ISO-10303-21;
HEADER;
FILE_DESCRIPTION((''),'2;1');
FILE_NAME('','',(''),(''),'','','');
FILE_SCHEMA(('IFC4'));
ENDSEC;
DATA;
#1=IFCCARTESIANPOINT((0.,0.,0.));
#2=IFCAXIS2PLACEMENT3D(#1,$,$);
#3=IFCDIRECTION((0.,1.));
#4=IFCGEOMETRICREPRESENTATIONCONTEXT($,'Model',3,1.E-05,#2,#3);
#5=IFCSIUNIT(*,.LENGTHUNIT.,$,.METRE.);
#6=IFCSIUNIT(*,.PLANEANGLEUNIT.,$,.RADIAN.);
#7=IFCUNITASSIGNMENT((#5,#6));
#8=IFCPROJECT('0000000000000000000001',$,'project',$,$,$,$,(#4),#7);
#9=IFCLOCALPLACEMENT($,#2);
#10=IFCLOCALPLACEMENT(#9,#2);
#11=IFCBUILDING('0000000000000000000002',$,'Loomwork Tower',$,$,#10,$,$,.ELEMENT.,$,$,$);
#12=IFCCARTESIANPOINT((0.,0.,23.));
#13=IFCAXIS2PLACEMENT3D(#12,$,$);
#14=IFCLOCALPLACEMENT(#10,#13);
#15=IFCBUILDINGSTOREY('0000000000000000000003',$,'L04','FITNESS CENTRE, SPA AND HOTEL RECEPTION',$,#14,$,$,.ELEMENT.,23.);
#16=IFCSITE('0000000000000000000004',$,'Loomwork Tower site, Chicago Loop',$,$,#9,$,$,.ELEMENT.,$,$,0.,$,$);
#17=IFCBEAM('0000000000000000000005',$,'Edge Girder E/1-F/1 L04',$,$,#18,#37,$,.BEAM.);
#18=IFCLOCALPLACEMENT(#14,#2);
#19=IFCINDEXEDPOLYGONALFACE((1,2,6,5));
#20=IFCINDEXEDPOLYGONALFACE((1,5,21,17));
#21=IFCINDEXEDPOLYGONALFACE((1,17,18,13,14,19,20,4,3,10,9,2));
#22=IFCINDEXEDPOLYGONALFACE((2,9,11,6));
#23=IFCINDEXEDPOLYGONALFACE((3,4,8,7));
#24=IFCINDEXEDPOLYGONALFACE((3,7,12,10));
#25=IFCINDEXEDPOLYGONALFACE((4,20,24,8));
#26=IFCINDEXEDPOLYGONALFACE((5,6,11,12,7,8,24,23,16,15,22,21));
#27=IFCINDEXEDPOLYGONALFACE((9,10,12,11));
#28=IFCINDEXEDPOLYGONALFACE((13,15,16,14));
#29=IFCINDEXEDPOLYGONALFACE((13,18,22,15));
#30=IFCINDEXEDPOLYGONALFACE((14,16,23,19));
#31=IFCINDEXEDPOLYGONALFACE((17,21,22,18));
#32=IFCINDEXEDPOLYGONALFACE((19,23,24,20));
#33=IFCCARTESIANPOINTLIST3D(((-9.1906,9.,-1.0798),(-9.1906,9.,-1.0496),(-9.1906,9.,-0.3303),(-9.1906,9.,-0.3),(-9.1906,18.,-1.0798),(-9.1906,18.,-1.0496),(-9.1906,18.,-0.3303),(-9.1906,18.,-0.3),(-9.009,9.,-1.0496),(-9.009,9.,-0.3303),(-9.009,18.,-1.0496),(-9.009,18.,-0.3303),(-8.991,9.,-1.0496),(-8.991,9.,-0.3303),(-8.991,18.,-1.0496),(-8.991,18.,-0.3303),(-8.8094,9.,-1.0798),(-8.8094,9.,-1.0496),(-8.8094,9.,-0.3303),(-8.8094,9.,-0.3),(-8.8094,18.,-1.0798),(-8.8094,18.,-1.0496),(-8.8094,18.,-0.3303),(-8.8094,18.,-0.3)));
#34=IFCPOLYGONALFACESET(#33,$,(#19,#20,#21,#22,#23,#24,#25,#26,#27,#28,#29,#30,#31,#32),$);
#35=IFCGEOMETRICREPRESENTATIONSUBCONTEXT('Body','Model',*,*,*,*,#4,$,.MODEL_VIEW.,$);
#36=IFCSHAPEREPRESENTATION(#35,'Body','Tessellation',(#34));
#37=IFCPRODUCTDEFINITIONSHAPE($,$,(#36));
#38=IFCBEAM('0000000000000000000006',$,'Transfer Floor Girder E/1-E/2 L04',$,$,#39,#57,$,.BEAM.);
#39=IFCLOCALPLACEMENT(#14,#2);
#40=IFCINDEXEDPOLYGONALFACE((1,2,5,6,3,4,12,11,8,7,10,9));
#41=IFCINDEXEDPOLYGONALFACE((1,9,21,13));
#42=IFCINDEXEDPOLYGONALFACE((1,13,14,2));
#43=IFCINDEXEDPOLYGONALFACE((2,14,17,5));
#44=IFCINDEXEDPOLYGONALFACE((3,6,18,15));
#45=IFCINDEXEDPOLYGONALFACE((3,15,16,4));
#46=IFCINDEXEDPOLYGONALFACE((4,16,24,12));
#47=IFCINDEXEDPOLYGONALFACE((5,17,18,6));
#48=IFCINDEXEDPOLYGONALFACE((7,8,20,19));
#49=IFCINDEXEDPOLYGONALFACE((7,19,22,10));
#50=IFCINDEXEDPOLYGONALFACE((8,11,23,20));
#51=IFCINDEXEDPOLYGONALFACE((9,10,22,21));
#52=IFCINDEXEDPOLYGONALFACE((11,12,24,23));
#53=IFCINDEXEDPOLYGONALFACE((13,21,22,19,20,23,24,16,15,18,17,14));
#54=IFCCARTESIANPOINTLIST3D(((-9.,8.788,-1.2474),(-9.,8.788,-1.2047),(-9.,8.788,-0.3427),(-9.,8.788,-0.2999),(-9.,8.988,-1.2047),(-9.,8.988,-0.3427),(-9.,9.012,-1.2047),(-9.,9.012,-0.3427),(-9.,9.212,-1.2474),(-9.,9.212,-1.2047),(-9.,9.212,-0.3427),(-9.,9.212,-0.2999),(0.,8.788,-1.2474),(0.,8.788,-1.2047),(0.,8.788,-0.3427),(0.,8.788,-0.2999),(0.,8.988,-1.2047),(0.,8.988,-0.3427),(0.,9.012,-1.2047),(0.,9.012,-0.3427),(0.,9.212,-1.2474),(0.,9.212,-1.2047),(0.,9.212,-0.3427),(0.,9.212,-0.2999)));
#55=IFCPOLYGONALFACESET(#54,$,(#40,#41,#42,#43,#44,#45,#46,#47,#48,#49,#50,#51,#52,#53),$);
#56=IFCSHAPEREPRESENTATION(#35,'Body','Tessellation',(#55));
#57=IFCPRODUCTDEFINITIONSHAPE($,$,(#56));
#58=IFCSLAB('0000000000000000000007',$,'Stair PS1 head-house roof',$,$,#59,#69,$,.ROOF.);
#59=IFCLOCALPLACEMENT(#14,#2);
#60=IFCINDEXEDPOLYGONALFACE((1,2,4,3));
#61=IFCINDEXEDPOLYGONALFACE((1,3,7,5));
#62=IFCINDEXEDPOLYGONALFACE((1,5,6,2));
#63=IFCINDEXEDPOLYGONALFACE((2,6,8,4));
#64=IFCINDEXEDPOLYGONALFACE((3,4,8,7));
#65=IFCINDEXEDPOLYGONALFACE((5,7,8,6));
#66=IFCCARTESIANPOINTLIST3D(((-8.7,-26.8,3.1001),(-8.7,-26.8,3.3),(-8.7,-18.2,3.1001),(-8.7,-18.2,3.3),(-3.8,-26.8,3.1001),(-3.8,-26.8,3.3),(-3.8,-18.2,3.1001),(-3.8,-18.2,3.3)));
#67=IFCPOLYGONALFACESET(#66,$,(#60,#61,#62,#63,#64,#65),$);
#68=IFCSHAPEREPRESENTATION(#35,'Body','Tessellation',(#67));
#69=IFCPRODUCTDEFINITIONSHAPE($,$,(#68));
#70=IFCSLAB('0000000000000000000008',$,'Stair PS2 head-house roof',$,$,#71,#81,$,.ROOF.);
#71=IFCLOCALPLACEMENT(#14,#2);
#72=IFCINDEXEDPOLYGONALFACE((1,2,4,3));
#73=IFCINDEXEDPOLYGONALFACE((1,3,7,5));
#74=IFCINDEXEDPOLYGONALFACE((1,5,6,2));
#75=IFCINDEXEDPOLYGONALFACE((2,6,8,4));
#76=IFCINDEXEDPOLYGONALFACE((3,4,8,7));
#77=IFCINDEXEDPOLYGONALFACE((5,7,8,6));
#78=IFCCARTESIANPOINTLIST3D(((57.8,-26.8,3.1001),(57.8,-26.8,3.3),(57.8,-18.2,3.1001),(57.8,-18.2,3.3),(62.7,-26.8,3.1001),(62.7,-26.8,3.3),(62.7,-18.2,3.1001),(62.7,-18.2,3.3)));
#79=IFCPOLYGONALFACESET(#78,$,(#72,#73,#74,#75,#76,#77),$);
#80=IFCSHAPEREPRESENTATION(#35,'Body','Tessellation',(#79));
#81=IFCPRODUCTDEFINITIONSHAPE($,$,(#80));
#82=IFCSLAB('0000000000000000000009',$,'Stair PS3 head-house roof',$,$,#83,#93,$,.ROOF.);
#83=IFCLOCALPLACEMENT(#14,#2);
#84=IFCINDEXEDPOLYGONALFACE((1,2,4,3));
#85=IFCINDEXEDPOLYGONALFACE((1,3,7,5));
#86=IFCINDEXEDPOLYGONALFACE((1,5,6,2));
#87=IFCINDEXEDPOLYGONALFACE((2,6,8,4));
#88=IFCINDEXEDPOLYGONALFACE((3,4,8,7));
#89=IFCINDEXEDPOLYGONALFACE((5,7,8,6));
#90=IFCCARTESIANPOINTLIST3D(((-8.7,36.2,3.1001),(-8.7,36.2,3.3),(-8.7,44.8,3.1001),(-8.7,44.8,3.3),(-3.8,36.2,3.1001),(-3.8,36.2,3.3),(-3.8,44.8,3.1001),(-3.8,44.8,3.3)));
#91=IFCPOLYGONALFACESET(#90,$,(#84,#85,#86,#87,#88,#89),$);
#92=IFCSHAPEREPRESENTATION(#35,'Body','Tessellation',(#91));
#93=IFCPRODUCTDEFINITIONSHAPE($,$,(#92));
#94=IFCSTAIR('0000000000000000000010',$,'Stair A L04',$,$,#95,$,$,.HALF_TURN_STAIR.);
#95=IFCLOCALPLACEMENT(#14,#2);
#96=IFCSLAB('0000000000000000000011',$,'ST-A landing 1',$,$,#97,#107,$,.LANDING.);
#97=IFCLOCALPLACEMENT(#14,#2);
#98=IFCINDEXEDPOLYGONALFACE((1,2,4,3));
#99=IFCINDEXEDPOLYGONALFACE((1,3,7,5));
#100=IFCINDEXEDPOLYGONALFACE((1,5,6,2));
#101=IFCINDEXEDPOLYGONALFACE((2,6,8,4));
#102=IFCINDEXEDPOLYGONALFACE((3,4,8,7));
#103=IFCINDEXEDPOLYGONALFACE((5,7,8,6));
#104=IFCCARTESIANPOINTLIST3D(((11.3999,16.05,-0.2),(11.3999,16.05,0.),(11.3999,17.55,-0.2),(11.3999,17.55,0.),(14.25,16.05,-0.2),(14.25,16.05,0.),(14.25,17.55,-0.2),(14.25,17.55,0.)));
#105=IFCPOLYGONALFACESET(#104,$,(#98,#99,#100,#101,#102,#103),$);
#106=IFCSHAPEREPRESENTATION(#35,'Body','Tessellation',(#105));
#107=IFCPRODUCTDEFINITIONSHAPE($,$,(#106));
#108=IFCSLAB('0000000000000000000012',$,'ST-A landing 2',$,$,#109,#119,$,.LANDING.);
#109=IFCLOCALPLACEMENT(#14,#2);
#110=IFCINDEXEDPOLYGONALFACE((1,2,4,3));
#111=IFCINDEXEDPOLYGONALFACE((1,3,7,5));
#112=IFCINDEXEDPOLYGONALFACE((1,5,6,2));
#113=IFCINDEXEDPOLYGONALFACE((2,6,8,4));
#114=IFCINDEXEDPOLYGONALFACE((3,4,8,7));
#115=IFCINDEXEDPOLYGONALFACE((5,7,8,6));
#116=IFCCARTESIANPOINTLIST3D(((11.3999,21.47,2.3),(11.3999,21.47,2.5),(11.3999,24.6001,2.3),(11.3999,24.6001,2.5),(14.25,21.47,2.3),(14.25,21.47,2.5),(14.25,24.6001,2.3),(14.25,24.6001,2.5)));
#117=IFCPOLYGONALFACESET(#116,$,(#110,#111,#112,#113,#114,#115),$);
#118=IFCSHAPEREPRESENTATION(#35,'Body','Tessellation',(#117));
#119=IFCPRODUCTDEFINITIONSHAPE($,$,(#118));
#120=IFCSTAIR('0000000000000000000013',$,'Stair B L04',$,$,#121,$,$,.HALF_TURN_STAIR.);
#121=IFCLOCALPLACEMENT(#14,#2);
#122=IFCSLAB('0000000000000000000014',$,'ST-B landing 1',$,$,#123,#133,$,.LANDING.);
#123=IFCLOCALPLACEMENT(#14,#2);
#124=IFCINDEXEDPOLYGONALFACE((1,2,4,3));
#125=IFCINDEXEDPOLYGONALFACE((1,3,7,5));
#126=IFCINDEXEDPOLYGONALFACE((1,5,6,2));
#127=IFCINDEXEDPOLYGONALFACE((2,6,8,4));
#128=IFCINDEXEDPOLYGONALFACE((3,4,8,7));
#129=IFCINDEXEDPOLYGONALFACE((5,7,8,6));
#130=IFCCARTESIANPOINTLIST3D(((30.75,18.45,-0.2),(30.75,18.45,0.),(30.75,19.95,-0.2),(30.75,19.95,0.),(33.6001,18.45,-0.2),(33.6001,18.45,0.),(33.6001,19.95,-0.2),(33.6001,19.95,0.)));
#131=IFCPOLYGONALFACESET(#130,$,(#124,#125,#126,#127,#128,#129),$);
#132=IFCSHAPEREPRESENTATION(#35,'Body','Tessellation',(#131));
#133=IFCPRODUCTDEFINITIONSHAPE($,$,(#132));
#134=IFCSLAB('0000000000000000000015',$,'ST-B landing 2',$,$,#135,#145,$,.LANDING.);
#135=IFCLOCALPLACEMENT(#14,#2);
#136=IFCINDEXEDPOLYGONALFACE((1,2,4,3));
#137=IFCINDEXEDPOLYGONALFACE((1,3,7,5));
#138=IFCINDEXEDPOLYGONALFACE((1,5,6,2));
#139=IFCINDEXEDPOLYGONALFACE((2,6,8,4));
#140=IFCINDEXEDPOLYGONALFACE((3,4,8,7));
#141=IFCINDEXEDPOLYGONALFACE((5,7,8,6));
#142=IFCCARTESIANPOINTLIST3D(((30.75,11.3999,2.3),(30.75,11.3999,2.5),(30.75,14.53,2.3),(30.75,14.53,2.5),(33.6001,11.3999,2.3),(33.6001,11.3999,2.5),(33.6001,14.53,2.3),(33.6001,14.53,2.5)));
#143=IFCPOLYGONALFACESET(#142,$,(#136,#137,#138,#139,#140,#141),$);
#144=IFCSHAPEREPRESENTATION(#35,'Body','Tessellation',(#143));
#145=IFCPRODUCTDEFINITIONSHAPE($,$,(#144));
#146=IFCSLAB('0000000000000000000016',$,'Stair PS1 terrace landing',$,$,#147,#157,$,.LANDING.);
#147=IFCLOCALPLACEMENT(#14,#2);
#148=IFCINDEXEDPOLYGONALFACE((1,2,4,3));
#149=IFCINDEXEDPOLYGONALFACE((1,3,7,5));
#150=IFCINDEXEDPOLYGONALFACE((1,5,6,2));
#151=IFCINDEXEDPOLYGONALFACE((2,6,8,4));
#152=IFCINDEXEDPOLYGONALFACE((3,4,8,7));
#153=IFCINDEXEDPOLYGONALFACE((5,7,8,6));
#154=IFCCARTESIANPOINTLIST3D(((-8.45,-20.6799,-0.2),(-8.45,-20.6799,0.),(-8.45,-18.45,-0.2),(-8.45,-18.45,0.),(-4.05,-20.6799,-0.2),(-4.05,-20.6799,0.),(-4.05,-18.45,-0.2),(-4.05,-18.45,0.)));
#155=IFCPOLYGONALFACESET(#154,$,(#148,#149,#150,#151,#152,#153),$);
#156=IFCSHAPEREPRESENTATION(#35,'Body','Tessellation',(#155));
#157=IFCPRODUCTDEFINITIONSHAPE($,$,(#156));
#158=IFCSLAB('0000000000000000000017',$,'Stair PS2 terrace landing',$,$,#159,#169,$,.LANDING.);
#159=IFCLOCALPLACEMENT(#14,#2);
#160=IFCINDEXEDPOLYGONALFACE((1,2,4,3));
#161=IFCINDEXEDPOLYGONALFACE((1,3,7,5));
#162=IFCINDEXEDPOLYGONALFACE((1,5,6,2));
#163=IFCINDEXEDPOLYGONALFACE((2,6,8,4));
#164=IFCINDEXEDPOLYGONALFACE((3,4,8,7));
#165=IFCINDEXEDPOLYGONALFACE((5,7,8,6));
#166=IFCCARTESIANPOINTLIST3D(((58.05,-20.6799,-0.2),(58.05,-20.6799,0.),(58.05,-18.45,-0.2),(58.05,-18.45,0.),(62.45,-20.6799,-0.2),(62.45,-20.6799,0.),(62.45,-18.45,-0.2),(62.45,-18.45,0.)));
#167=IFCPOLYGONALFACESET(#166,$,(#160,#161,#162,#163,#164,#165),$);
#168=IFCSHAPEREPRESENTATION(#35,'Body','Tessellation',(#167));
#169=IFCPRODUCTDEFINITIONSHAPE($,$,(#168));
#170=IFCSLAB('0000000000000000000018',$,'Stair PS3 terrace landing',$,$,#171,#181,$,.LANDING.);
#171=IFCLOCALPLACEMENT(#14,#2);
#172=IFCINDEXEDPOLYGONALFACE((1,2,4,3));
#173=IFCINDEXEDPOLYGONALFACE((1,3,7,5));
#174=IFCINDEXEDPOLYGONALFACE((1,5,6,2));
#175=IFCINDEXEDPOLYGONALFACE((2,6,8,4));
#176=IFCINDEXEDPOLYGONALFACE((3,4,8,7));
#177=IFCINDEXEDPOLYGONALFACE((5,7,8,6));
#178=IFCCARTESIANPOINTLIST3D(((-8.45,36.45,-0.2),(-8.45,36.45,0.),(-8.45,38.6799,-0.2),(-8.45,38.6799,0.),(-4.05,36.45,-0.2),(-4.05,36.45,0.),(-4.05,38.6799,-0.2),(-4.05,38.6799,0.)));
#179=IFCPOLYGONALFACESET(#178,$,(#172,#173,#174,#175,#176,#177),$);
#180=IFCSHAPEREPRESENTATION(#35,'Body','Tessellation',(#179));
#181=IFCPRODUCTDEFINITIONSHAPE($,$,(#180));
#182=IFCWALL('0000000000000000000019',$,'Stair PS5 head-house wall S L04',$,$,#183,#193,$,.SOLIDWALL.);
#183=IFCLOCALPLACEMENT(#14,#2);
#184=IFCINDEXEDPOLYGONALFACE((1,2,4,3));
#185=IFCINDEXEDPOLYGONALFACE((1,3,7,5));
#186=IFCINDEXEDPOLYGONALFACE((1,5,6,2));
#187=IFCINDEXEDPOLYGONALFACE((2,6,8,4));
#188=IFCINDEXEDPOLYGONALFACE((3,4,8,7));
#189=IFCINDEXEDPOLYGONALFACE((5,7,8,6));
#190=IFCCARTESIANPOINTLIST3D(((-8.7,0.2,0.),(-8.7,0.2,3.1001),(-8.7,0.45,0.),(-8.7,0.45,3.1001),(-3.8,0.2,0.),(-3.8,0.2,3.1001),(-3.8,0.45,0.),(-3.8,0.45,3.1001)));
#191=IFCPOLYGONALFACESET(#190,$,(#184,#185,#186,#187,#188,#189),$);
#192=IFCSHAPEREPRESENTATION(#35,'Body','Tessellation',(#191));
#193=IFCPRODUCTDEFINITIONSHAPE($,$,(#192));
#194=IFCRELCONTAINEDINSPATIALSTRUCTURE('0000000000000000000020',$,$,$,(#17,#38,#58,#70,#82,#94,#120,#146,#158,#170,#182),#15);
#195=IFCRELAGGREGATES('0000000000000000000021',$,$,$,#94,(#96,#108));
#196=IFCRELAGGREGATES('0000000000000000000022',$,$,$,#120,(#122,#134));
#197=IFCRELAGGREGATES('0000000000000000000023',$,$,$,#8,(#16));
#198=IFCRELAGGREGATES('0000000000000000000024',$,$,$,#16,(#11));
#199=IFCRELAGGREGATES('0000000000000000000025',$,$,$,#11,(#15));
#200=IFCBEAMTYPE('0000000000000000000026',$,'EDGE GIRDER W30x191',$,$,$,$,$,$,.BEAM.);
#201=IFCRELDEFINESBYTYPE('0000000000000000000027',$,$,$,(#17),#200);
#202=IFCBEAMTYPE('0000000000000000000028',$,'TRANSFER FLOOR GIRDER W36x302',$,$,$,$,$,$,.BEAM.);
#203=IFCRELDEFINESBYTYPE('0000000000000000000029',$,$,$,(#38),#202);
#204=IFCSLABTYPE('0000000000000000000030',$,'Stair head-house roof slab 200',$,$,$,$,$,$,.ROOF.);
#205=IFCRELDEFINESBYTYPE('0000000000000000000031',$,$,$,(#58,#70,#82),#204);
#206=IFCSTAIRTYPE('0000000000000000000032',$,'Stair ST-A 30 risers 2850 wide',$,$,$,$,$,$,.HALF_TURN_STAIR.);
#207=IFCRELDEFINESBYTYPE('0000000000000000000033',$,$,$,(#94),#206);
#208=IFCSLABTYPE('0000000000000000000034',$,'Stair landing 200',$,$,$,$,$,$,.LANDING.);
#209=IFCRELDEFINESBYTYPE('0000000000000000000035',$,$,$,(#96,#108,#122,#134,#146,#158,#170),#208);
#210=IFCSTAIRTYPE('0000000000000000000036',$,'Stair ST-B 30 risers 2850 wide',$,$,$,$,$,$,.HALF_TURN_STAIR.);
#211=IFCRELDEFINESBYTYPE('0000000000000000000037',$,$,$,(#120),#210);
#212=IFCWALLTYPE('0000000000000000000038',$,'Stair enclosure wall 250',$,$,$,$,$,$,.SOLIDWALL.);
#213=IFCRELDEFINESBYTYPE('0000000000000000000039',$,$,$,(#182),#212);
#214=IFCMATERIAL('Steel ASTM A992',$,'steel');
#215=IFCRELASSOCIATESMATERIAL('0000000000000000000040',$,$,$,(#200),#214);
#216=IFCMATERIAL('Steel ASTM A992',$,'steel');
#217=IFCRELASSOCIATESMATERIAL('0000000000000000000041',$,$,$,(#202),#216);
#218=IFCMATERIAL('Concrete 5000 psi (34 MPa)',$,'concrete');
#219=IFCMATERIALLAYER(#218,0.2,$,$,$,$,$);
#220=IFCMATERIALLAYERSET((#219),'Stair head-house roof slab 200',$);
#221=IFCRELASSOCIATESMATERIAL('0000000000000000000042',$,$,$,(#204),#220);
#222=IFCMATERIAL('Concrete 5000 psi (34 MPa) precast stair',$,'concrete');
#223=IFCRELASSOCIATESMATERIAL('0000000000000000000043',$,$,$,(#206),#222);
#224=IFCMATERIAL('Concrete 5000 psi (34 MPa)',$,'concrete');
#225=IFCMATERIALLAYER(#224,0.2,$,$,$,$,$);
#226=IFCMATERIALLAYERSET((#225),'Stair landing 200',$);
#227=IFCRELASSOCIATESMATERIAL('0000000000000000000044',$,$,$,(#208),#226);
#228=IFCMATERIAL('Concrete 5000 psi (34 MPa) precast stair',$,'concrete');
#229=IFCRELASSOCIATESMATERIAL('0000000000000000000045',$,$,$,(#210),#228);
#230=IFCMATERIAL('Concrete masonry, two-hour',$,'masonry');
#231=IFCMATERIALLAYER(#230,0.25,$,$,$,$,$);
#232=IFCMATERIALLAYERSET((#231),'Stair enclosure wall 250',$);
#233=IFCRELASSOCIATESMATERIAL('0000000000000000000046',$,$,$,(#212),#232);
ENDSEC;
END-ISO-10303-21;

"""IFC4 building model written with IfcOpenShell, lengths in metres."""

from ifc_helpers import new_model, si_unit, direction, frame, frame_2d, origin, origin_2d, place, context, subcontext, project, spatial, polyline, rectangle, i_section, outline, extrude, material, layer, layer_set, material_profile, profile_set, type_object, element, aggregate, save


model = new_model("IFC4")

# Units and contexts
model_context = context("Model", 3, precision=1e-05, world=origin(), true_north=direction((0.0, 1.0)))
body_context = subcontext(model_context, "Body", "Model", "MODEL_VIEW")
ifc_project = project(units=[si_unit("LENGTHUNIT", "METRE"), si_unit("PLANEANGLEUNIT", "RADIAN")], contexts=[model_context])

# Site, building, storey
site_placement = place(None, origin())
site = spatial("IfcSite", under=ifc_project, at=site_placement, Name="Loomwork Tower site, Chicago Loop", CompositionType="ELEMENT", RefElevation=0.0)
building_placement = place(site_placement, origin())
building = spatial("IfcBuilding", under=site, at=building_placement, Name="Loomwork Tower", CompositionType="ELEMENT")
storey_placement = place(building_placement, frame((0.0, 0.0, 23.0)))
storey = spatial("IfcBuildingStorey", under=building, at=storey_placement, Name="L04", Description="FITNESS CENTRE, SPA AND HOTEL RECEPTION", CompositionType="ELEMENT", Elevation=23.0)

# Beams
ifc_material_1 = material(Name="Steel ASTM A992", Category="steel")
ifc_material_profile_1 = material_profile(ifc_material_1, i_section(OverallWidth=0.3811, OverallDepth=0.7798, WebThickness=0.0181, FlangeThickness=0.0303, at=origin_2d()), Name="W30x191")
ifc_profile_set_1 = profile_set([ifc_material_profile_1], Name="Steel ASTM A992")
beam_type_1 = type_object("IfcBeamType", Name="EDGE GIRDER W30x191", PredefinedType="BEAM", material=ifc_profile_set_1)
beam_1_placement = place(storey_placement, frame((-9.0, 9.0, -0.6899), z_axis=(0.0, 1.0, 0.0), x_axis=(-1.0, 0.0, 0.0)))
element("IfcBeam", 1, at=beam_1_placement, inside=storey, type_object=beam_type_1, Name="Edge Girder E/1-F/1 L04", PredefinedType="BEAM", context=body_context, shape_type="SweptSolid", body=[
    extrude(i_section(OverallWidth=0.3811, OverallDepth=0.7798, WebThickness=0.0181, FlangeThickness=0.0303, at=origin_2d()), origin(), (0.0, 0.0, 1.0), 9.0),
])
ifc_material_2 = material(Name="Steel ASTM A992", Category="steel")
ifc_material_profile_2 = material_profile(ifc_material_2, i_section(OverallWidth=0.4241, OverallDepth=0.9475, WebThickness=0.0239, FlangeThickness=0.0427, at=origin_2d()), Name="W36x302")
ifc_profile_set_2 = profile_set([ifc_material_profile_2], Name="Steel ASTM A992")
beam_type_2 = type_object("IfcBeamType", Name="TRANSFER FLOOR GIRDER W36x302", PredefinedType="BEAM", material=ifc_profile_set_2)
beam_2_placement = place(storey_placement, frame((-9.0, 9.0, -0.7737), z_axis=(1.0, 0.0, 0.0), x_axis=(0.0, 1.0, 0.0)))
element("IfcBeam", 2, at=beam_2_placement, inside=storey, type_object=beam_type_2, Name="Transfer Floor Girder E/1-E/2 L04", PredefinedType="BEAM", context=body_context, shape_type="SweptSolid", body=[
    extrude(i_section(OverallWidth=0.4241, OverallDepth=0.9475, WebThickness=0.0239, FlangeThickness=0.0427, at=origin_2d()), origin(), (0.0, 0.0, 1.0), 9.0),
])

# Slabs
ifc_material_3 = material(Name="Concrete 5000 psi (34 MPa)", Category="concrete")
ifc_layer_1 = layer(ifc_material_3, 0.2)
ifc_layer_set_1 = layer_set([ifc_layer_1], Name="Stair head-house roof slab 200")
slab_type_1 = type_object("IfcSlabType", Name="Stair head-house roof slab 200", PredefinedType="ROOF", material=ifc_layer_set_1)
slab_1_placement = place(storey_placement, frame((0.0, 0.0, 3.1001)))
element("IfcSlab", 3, at=slab_1_placement, inside=storey, type_object=slab_type_1, Name="Stair PS1 head-house roof", PredefinedType="ROOF", context=body_context, shape_type="SweptSolid", body=[
    extrude(outline(polyline([(-8.7, -26.8), (-3.8, -26.8), (-3.8, -18.2), (-8.7, -18.2), (-8.7, -26.8)])), origin(), (0.0, 0.0, 1.0), 0.2),
])
slab_2_placement = place(storey_placement, frame((0.0, 0.0, 3.1001)))
element("IfcSlab", 4, at=slab_2_placement, inside=storey, type_object=slab_type_1, Name="Stair PS2 head-house roof", PredefinedType="ROOF", context=body_context, shape_type="SweptSolid", body=[
    extrude(outline(polyline([(57.8, -26.8), (62.7, -26.8), (62.7, -18.2), (57.8, -18.2), (57.8, -26.8)])), origin(), (0.0, 0.0, 1.0), 0.2),
])
slab_3_placement = place(storey_placement, frame((0.0, 0.0, 3.1001)))
element("IfcSlab", 5, at=slab_3_placement, inside=storey, type_object=slab_type_1, Name="Stair PS3 head-house roof", PredefinedType="ROOF", context=body_context, shape_type="SweptSolid", body=[
    extrude(outline(polyline([(-8.7, 36.2), (-3.8, 36.2), (-3.8, 44.8), (-8.7, 44.8), (-8.7, 36.2)])), origin(), (0.0, 0.0, 1.0), 0.2),
])

# Stairs, slabs
ifc_material_4 = material(Name="Concrete 5000 psi (34 MPa) precast stair", Category="concrete")
stair_type_1 = type_object("IfcStairType", Name="Stair ST-A 30 risers 2850 wide", PredefinedType="HALF_TURN_STAIR", material=ifc_material_4)
stair_1_placement = place(storey_placement, origin())
stair_1 = element("IfcStair", 6, at=stair_1_placement, inside=storey, type_object=stair_type_1, Name="Stair A L04", PredefinedType="HALF_TURN_STAIR")
ifc_material_5 = material(Name="Concrete 5000 psi (34 MPa)", Category="concrete")
ifc_layer_2 = layer(ifc_material_5, 0.2)
ifc_layer_set_2 = layer_set([ifc_layer_2], Name="Stair landing 200")
slab_type_2 = type_object("IfcSlabType", Name="Stair landing 200", PredefinedType="LANDING", material=ifc_layer_set_2)
slab_4_placement = place(storey_placement, frame((0.0, 0.0, -0.2)))
slab_4 = element("IfcSlab", 7, at=slab_4_placement, type_object=slab_type_2, Name="ST-A landing 1", PredefinedType="LANDING", context=body_context, shape_type="SweptSolid", body=[
    extrude(outline(polyline([(11.3999, 16.05), (14.25, 16.05), (14.25, 17.55), (11.3999, 17.55), (11.3999, 16.05)])), origin(), (0.0, 0.0, 1.0), 0.2),
])
slab_5_placement = place(storey_placement, frame((0.0, 0.0, 2.3)))
slab_5 = element("IfcSlab", 8, at=slab_5_placement, type_object=slab_type_2, Name="ST-A landing 2", PredefinedType="LANDING", context=body_context, shape_type="SweptSolid", body=[
    extrude(outline(polyline([(11.3999, 21.47), (14.25, 21.47), (14.25, 24.6001), (11.3999, 24.6001), (11.3999, 21.47)])), origin(), (0.0, 0.0, 1.0), 0.2),
])
aggregate(stair_1, [slab_4, slab_5])
ifc_material_6 = material(Name="Concrete 5000 psi (34 MPa) precast stair", Category="concrete")
stair_type_2 = type_object("IfcStairType", Name="Stair ST-B 30 risers 2850 wide", PredefinedType="HALF_TURN_STAIR", material=ifc_material_6)
stair_2_placement = place(storey_placement, origin())
stair_2 = element("IfcStair", 9, at=stair_2_placement, inside=storey, type_object=stair_type_2, Name="Stair B L04", PredefinedType="HALF_TURN_STAIR")
slab_6_placement = place(storey_placement, frame((0.0, 0.0, -0.2)))
slab_6 = element("IfcSlab", 10, at=slab_6_placement, type_object=slab_type_2, Name="ST-B landing 1", PredefinedType="LANDING", context=body_context, shape_type="SweptSolid", body=[
    extrude(outline(polyline([(30.75, 18.45), (33.6001, 18.45), (33.6001, 19.95), (30.75, 19.95), (30.75, 18.45)])), origin(), (0.0, 0.0, 1.0), 0.2),
])
slab_7_placement = place(storey_placement, frame((0.0, 0.0, 2.3)))
slab_7 = element("IfcSlab", 11, at=slab_7_placement, type_object=slab_type_2, Name="ST-B landing 2", PredefinedType="LANDING", context=body_context, shape_type="SweptSolid", body=[
    extrude(outline(polyline([(30.75, 11.3999), (33.6001, 11.3999), (33.6001, 14.53), (30.75, 14.53), (30.75, 11.3999)])), origin(), (0.0, 0.0, 1.0), 0.2),
])
aggregate(stair_2, [slab_6, slab_7])

# Slabs
slab_8_placement = place(storey_placement, frame((0.0, 0.0, -0.2)))
element("IfcSlab", 12, at=slab_8_placement, inside=storey, type_object=slab_type_2, Name="Stair PS1 terrace landing", PredefinedType="LANDING", context=body_context, shape_type="SweptSolid", body=[
    extrude(outline(polyline([(-8.45, -20.6799), (-4.05, -20.6799), (-4.05, -18.45), (-8.45, -18.45), (-8.45, -20.6799)])), origin(), (0.0, 0.0, 1.0), 0.2),
])
slab_9_placement = place(storey_placement, frame((0.0, 0.0, -0.2)))
element("IfcSlab", 13, at=slab_9_placement, inside=storey, type_object=slab_type_2, Name="Stair PS2 terrace landing", PredefinedType="LANDING", context=body_context, shape_type="SweptSolid", body=[
    extrude(outline(polyline([(58.05, -20.6799), (62.45, -20.6799), (62.45, -18.45), (58.05, -18.45), (58.05, -20.6799)])), origin(), (0.0, 0.0, 1.0), 0.2),
])
slab_10_placement = place(storey_placement, frame((0.0, 0.0, -0.2)))
element("IfcSlab", 14, at=slab_10_placement, inside=storey, type_object=slab_type_2, Name="Stair PS3 terrace landing", PredefinedType="LANDING", context=body_context, shape_type="SweptSolid", body=[
    extrude(outline(polyline([(-8.45, 36.45), (-4.05, 36.45), (-4.05, 38.6799), (-8.45, 38.6799), (-8.45, 36.45)])), origin(), (0.0, 0.0, 1.0), 0.2),
])

# Wall
ifc_material_7 = material(Name="Concrete masonry, two-hour", Category="masonry")
ifc_layer_3 = layer(ifc_material_7, 0.25)
ifc_layer_set_3 = layer_set([ifc_layer_3], Name="Stair enclosure wall 250")
wall_type = type_object("IfcWallType", Name="Stair enclosure wall 250", PredefinedType="SOLIDWALL", material=ifc_layer_set_3)
for number, where, z_axis, x_axis, name in (
    (15, (-8.7, 0.325, 0.0), (0.0, 0.0, 1.0), (1.0, 0.0, 0.0), "Stair PS5 head-house wall S L04"),
):
    element("IfcWall", number, at=place(storey_placement, frame(where, z_axis=z_axis, x_axis=x_axis)), inside=storey, type_object=wall_type, Name=name, PredefinedType="SOLIDWALL", context=body_context, shape_type="SweptSolid", body=[
        extrude(rectangle(XDim=4.8999, YDim=0.25, at=frame_2d((2.45, 0.0))), origin(), (0.0, 0.0, 1.0), 3.1001),
    ])

save(model, "model.ifc")
